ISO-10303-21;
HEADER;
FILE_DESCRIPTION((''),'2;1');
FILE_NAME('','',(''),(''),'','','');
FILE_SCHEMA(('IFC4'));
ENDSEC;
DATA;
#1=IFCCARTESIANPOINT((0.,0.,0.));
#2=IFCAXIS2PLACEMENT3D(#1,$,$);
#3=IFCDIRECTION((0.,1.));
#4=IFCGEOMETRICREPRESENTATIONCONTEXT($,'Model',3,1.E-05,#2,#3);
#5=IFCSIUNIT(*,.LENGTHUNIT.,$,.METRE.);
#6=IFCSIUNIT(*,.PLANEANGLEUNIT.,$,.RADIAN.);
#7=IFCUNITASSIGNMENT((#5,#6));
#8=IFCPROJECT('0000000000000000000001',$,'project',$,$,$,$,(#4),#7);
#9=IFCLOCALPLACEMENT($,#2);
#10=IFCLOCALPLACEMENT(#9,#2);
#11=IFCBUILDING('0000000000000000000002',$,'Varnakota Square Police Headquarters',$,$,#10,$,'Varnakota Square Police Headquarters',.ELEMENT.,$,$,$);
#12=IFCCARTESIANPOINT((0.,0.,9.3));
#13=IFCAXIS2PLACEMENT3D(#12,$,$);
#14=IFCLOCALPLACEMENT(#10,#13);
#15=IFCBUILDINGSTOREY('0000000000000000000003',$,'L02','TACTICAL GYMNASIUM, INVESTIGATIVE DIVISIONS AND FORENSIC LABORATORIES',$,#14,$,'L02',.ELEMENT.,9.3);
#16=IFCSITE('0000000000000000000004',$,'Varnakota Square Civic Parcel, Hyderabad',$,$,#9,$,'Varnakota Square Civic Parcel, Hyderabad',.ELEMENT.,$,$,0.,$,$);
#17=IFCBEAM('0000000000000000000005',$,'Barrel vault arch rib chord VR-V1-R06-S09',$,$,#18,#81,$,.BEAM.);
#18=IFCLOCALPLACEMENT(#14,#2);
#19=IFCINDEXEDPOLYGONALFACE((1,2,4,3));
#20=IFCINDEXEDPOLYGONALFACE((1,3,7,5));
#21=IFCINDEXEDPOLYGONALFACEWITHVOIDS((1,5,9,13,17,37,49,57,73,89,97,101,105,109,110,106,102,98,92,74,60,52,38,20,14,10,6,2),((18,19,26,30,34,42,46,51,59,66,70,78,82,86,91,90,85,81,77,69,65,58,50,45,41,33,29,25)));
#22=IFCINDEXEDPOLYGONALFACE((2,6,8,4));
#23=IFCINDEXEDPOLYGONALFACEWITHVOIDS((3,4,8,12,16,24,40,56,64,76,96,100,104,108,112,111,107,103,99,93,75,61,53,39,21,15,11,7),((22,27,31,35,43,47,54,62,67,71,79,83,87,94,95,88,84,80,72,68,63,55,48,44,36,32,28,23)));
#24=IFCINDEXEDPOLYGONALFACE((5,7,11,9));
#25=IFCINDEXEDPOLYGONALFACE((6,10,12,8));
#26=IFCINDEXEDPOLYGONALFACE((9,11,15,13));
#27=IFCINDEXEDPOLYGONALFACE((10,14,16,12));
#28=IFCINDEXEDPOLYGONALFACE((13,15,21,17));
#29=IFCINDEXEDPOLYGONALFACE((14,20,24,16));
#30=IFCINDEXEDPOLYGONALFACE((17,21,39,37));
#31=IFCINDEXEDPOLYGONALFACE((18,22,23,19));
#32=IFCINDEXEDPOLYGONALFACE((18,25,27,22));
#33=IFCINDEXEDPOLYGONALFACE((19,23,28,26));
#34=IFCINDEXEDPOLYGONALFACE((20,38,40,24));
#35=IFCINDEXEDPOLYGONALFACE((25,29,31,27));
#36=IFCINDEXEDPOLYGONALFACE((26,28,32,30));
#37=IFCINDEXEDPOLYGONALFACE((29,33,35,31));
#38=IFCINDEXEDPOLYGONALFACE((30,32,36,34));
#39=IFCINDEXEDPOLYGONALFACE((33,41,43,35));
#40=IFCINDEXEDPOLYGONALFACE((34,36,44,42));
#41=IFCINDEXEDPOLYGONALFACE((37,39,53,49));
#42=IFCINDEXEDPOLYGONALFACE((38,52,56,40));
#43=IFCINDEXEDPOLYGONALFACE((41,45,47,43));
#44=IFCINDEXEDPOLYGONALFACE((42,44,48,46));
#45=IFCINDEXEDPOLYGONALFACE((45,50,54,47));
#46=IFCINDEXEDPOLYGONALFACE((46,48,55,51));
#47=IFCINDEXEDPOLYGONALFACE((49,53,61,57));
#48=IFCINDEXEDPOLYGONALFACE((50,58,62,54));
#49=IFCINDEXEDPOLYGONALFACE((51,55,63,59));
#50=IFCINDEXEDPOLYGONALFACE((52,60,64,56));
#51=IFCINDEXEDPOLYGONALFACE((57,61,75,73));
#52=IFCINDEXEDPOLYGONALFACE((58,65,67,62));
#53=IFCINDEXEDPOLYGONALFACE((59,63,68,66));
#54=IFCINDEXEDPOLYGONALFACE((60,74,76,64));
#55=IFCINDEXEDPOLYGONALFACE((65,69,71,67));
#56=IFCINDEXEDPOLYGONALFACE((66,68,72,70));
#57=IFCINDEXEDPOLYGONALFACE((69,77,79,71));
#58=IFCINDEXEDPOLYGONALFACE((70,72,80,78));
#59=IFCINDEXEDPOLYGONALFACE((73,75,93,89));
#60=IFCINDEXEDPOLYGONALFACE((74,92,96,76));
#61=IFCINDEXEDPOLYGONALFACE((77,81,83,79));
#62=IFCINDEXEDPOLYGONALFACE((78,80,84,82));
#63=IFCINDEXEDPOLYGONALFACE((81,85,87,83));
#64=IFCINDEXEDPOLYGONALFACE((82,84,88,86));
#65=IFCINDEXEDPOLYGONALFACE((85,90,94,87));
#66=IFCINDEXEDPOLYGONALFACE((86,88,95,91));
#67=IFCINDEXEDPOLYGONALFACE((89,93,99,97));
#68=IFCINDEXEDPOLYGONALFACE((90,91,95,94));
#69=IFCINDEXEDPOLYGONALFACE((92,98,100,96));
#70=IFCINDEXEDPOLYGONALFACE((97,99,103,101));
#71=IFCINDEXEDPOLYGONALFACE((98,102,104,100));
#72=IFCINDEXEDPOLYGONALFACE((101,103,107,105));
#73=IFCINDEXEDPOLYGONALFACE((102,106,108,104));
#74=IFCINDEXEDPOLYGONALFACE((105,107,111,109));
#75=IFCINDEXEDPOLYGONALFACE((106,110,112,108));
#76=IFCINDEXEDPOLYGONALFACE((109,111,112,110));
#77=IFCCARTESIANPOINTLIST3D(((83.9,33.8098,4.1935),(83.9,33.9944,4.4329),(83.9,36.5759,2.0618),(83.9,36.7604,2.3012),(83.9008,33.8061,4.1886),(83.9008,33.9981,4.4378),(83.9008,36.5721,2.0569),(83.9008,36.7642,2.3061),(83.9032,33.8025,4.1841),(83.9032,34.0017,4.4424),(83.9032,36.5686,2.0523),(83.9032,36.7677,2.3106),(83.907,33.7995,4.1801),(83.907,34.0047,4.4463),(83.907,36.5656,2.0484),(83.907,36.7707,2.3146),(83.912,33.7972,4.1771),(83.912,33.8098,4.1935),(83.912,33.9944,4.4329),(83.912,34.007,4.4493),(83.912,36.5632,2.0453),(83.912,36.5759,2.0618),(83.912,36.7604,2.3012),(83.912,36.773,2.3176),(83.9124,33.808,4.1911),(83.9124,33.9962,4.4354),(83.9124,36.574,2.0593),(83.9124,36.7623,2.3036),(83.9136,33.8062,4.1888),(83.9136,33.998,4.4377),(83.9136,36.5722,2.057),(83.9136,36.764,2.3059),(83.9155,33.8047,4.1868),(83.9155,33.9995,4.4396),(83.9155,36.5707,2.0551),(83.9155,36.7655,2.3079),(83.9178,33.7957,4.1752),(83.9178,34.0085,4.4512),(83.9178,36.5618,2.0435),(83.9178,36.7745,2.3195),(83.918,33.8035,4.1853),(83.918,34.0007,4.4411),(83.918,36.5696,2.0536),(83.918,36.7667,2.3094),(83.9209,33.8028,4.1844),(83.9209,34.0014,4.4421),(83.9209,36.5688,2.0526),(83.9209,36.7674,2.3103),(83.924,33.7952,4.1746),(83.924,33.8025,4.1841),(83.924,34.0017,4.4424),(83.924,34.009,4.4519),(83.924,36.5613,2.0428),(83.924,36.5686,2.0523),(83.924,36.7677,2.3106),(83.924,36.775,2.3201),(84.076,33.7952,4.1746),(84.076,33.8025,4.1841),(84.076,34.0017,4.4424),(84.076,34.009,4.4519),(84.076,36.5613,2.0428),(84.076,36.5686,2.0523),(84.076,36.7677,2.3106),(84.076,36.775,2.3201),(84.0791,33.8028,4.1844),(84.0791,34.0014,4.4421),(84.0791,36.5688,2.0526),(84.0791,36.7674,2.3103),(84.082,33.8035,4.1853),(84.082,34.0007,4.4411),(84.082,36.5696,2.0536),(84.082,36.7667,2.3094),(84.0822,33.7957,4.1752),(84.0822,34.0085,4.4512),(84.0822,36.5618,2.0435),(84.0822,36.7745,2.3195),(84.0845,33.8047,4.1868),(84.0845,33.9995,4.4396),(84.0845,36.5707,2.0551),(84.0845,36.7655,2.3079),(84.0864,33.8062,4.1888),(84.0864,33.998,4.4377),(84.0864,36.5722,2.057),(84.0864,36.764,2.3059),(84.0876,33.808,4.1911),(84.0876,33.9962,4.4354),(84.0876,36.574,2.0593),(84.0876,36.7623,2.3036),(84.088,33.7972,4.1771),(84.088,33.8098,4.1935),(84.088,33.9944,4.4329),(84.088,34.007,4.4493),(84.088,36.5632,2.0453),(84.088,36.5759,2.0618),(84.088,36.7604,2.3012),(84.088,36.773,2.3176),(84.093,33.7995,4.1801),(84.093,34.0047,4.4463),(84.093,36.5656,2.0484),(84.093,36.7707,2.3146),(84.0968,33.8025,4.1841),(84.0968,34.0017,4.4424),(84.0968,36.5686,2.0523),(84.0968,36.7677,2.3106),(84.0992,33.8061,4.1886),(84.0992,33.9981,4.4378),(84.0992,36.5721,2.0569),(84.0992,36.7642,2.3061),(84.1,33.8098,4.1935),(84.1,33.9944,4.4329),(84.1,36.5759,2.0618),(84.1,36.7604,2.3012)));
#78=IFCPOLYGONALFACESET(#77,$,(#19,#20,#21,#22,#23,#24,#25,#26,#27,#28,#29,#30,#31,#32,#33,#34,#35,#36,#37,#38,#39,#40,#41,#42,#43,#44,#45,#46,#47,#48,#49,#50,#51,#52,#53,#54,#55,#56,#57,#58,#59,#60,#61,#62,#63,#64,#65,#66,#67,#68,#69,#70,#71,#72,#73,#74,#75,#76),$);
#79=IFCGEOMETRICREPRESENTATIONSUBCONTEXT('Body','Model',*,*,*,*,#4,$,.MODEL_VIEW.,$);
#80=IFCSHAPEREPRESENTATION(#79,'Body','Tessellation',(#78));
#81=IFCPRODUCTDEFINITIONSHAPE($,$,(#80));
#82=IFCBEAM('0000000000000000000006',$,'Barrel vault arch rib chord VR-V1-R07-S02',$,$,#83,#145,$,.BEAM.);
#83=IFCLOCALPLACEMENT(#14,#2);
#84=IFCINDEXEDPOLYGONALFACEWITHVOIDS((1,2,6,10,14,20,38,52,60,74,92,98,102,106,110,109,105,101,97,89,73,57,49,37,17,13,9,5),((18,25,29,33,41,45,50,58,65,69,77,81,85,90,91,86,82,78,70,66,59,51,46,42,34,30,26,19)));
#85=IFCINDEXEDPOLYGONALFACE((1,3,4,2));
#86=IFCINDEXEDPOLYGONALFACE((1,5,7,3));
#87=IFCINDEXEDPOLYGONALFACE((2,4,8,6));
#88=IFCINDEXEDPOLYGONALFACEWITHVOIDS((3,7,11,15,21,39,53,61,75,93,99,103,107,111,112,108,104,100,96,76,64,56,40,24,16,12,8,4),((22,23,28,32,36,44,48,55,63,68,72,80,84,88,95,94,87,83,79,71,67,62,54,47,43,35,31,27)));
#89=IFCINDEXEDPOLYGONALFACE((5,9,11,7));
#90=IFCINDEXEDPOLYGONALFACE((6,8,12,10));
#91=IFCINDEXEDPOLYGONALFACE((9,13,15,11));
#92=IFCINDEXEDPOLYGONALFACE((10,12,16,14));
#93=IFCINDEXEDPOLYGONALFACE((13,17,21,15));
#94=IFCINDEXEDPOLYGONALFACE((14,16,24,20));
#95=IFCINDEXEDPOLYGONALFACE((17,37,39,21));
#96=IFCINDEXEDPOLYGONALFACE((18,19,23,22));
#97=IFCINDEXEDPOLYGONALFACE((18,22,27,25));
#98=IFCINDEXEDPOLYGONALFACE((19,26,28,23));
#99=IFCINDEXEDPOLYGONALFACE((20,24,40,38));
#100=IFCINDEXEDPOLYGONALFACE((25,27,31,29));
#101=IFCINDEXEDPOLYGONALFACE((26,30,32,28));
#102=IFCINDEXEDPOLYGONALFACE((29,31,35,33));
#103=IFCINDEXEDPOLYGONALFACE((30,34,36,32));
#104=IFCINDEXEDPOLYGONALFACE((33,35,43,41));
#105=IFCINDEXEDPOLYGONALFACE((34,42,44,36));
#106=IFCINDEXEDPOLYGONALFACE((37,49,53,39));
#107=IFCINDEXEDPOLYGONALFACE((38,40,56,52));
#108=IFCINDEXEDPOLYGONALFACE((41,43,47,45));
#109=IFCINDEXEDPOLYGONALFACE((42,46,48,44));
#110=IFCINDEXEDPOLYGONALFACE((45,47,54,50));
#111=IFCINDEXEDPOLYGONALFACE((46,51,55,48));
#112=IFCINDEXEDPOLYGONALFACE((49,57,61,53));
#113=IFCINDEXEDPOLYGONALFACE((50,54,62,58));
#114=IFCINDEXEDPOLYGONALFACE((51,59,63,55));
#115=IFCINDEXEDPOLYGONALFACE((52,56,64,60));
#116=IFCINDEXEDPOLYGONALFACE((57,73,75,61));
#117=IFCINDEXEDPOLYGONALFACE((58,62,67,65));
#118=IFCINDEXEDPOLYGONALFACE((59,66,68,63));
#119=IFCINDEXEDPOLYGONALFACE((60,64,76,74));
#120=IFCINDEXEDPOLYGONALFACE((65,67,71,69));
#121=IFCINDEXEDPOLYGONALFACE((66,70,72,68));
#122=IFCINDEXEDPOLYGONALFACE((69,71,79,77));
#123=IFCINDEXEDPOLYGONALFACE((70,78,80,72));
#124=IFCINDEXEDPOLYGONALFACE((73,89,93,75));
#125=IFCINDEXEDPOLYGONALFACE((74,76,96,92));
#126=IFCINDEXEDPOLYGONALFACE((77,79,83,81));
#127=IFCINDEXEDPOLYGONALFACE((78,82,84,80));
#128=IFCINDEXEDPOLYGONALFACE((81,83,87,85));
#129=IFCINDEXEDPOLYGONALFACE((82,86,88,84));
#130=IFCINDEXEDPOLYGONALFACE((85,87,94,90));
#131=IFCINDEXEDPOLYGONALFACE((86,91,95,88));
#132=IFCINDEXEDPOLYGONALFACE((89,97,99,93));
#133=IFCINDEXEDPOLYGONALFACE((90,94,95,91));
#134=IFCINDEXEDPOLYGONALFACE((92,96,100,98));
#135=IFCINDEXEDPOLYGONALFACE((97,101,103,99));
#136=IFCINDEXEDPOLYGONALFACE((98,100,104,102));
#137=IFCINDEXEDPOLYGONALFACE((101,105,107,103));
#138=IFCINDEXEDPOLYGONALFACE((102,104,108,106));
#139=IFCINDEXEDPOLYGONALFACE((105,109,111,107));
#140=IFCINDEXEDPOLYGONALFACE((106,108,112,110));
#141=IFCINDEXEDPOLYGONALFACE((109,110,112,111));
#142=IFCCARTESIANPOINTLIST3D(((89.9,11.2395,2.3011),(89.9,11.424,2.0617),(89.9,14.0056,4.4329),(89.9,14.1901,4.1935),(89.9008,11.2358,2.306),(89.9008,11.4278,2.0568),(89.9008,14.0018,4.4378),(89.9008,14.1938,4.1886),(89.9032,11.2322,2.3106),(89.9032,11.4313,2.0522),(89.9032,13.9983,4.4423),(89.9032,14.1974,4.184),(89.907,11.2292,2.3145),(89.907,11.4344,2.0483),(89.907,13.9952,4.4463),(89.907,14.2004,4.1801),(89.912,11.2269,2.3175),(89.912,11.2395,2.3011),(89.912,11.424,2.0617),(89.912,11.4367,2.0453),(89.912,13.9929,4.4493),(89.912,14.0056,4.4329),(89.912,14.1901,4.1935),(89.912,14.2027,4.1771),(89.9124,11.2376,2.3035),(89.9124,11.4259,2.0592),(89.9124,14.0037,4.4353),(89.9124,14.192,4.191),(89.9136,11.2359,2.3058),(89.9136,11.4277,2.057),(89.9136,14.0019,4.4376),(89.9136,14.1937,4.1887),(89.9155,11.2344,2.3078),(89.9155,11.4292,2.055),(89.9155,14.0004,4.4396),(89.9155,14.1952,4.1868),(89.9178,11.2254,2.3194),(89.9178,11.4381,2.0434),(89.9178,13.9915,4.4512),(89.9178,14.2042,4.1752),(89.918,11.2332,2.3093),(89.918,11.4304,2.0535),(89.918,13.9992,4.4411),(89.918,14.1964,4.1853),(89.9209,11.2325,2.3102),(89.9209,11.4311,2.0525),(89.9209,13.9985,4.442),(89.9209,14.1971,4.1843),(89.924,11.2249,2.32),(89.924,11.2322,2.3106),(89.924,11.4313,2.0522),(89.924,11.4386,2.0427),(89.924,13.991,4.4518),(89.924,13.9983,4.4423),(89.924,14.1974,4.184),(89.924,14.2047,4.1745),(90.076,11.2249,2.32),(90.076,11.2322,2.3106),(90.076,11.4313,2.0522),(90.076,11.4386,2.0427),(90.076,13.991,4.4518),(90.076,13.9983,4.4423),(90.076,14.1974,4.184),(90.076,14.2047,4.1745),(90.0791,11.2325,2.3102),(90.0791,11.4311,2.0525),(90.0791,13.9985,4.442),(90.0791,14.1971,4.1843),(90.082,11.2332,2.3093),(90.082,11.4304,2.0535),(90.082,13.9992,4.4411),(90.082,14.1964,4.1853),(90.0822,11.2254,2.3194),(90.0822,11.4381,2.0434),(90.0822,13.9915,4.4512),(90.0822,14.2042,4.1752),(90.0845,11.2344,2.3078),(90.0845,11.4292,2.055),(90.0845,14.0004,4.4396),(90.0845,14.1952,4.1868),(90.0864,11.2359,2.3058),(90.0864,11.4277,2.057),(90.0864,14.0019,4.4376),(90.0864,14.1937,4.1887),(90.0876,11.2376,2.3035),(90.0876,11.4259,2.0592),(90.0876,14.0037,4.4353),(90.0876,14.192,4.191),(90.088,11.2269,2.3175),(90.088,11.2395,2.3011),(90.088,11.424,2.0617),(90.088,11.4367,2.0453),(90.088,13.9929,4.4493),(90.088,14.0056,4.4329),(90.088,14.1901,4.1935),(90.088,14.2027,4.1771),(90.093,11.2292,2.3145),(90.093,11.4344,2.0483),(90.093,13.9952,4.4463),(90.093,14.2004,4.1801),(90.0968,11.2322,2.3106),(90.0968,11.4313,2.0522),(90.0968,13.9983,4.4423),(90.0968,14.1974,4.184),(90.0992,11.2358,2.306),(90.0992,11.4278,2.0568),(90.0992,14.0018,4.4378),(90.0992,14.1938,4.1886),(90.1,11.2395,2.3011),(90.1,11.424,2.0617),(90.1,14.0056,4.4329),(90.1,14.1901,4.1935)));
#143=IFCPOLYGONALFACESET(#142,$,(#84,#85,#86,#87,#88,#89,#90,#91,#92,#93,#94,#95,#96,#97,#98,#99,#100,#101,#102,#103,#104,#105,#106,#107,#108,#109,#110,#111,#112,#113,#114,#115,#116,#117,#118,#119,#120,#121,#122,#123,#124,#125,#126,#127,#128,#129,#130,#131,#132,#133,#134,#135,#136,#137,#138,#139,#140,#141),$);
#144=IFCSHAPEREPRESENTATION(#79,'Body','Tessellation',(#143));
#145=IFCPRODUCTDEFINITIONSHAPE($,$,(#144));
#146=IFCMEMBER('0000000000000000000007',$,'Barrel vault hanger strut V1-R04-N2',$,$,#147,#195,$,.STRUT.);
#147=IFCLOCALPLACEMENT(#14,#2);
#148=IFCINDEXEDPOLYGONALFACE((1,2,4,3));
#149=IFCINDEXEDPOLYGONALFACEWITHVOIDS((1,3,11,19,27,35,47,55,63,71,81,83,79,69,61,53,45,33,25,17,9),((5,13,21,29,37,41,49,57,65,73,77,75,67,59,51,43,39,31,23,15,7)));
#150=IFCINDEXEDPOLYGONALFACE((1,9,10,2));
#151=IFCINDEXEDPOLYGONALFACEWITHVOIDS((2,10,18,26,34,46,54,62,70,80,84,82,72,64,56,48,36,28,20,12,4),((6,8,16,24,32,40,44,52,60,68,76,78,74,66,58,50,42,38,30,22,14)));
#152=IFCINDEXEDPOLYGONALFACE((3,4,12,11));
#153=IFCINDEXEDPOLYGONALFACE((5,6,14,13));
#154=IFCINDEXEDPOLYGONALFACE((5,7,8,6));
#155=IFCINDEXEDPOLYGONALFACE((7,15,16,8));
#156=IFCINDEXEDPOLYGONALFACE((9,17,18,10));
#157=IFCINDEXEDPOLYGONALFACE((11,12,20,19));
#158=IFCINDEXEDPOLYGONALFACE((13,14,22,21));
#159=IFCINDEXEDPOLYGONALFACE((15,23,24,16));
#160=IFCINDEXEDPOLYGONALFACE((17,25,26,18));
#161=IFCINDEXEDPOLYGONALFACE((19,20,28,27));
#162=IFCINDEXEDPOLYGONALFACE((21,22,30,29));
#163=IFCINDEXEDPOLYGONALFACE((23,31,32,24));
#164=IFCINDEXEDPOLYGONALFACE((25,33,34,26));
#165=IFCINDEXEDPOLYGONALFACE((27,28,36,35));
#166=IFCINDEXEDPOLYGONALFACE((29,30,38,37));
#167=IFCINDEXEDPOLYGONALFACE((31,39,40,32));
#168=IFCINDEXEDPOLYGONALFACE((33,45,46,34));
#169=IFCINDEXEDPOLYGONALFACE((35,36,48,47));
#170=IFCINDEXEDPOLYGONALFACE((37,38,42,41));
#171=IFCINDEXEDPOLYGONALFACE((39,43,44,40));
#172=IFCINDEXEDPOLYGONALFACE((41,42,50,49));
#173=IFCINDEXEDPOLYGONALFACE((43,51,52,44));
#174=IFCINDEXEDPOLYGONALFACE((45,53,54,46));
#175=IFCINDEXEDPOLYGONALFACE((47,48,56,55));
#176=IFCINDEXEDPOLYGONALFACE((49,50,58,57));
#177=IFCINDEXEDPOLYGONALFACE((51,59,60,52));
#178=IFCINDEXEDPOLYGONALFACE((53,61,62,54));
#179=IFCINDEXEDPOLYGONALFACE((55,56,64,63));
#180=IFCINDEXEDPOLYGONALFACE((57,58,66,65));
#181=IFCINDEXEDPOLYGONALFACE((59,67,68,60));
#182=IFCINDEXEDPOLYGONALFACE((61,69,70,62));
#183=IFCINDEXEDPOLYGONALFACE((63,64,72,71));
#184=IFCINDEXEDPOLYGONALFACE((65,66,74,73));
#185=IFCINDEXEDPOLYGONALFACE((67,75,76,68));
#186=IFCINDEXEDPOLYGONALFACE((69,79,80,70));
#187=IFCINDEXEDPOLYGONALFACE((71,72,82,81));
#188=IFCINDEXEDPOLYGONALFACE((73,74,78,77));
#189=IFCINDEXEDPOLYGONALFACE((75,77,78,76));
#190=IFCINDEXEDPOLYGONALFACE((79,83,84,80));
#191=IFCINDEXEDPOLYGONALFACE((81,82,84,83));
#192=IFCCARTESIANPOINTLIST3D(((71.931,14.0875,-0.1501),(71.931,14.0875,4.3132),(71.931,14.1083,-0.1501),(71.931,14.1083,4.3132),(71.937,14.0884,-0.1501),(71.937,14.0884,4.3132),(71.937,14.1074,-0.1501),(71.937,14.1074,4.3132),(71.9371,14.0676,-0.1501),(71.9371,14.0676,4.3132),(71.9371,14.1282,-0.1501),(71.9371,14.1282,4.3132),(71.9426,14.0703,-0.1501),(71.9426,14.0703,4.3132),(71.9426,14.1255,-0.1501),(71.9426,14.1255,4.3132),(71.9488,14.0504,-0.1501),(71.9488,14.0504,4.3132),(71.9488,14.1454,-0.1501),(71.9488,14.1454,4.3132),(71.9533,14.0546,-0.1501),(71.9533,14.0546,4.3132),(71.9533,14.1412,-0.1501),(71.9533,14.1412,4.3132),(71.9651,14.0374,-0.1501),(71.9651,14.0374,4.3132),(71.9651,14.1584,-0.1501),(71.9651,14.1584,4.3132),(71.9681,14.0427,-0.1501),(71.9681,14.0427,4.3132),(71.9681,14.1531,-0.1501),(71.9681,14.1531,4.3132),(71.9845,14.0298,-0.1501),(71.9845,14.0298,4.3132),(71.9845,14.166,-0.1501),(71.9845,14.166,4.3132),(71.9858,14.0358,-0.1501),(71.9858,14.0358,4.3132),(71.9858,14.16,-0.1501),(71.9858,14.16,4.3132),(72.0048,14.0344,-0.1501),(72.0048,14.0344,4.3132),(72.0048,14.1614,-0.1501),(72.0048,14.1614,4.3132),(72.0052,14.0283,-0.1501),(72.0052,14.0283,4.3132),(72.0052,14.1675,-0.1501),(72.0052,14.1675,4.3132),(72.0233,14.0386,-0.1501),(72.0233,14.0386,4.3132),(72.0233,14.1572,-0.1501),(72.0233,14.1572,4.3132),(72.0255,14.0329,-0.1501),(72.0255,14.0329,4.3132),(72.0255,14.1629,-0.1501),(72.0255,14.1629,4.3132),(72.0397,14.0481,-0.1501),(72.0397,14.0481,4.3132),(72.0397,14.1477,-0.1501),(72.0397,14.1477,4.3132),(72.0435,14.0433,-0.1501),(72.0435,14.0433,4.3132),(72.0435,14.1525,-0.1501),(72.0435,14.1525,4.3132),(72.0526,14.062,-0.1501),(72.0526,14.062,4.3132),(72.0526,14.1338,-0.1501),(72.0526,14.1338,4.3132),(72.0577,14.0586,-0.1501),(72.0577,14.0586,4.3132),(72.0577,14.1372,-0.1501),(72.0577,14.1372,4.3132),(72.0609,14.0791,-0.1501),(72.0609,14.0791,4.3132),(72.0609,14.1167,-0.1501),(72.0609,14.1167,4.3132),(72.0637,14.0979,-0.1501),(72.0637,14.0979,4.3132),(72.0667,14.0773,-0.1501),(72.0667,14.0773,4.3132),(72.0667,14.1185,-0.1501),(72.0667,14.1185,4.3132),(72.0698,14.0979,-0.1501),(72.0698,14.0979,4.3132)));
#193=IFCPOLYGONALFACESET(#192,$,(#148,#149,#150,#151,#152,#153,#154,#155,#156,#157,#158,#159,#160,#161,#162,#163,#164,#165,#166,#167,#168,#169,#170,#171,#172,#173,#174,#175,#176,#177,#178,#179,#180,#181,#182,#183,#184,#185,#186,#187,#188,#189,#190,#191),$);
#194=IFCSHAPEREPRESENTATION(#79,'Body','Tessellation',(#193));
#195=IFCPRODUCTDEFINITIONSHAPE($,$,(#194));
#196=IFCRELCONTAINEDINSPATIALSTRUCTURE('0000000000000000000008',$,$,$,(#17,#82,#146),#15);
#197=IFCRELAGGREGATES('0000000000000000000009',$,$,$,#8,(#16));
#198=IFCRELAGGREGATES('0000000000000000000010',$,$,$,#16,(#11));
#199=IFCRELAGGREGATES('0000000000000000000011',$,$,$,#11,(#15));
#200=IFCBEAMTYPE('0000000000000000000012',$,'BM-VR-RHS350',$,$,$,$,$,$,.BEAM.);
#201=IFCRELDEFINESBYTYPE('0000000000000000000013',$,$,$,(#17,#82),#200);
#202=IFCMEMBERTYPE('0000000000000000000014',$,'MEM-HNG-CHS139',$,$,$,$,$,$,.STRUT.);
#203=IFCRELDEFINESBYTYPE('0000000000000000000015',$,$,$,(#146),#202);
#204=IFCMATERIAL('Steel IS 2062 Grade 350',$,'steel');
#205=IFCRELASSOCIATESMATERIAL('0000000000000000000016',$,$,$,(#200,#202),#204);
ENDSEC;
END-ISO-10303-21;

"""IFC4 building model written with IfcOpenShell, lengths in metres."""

from ifc_helpers import new_model, si_unit, direction, frame, origin, origin_2d, place, context, subcontext, project, spatial, hollow_rectangle, hollow_circle, extrude, material, material_profile, profile_set, type_object, element, save


model = new_model("IFC4")

# Units and contexts
model_context = context("Model", 3, precision=1e-05, world=origin(), true_north=direction((0.0, 1.0)))
body_context = subcontext(model_context, "Body", "Model", "MODEL_VIEW")
ifc_project = project(units=[si_unit("LENGTHUNIT", "METRE"), si_unit("PLANEANGLEUNIT", "RADIAN")], contexts=[model_context])

# Site, building, storey
site_placement = place(None, origin())
site = spatial("IfcSite", under=ifc_project, at=site_placement, Name="Varnakota Square Civic Parcel, Hyderabad", LongName="Varnakota Square Civic Parcel, Hyderabad", CompositionType="ELEMENT", RefElevation=0.0)
building_placement = place(site_placement, origin())
building = spatial("IfcBuilding", under=site, at=building_placement, Name="Varnakota Square Police Headquarters", LongName="Varnakota Square Police Headquarters", CompositionType="ELEMENT")
storey_placement = place(building_placement, frame((0.0, 0.0, 9.3)))
storey = spatial("IfcBuildingStorey", under=building, at=storey_placement, Name="L02", Description="TACTICAL GYMNASIUM, INVESTIGATIVE DIVISIONS AND FORENSIC LABORATORIES", LongName="L02", CompositionType="ELEMENT", Elevation=9.3)

# Beams
ifc_material_1 = material(Name="Steel IS 2062 Grade 350", Category="steel")
ifc_material_profile_1 = material_profile(ifc_material_1, hollow_rectangle(XDim=0.2, YDim=0.3501, WallThickness=0.012, InnerFilletRadius=0.012, OuterFilletRadius=0.0239, at=origin_2d()), Name="RHS 350x200x12")
ifc_profile_set_1 = profile_set([ifc_material_profile_1], Name="Steel IS 2062 Grade 350")
beam_type = type_object("IfcBeamType", Name="BM-VR-RHS350", PredefinedType="BEAM", material=ifc_profile_set_1)
for number, where, z_axis, x_axis, name in (
    (1, (84.0, 33.9021, 4.3132), (0.0, 0.792062, -0.61044), (-1.0, 0.0, 0.0), "Barrel vault arch rib chord VR-V1-R06-S09"),
    (2, (90.0, 11.3318, 2.1814), (0.0, 0.792062, 0.61044), (-1.0, 0.0, 0.0), "Barrel vault arch rib chord VR-V1-R07-S02"),
):
    element("IfcBeam", number, at=place(storey_placement, frame(where, z_axis=z_axis, x_axis=x_axis)), inside=storey, type_object=beam_type, Name=name, PredefinedType="BEAM", context=body_context, shape_type="SweptSolid", body=[
        extrude(hollow_rectangle(XDim=0.2, YDim=0.3501, WallThickness=0.012, InnerFilletRadius=0.012, OuterFilletRadius=0.0239, at=origin_2d()), origin(), (0.0, 0.0, 1.0), 3.4922),
    ])

# Member
ifc_material_profile_2 = material_profile(ifc_material_1, hollow_circle(Radius=0.0698, WallThickness=0.0061, at=origin_2d()), Name="CHS 139.7x6.0")
ifc_profile_set_2 = profile_set([ifc_material_profile_2], Name="Steel IS 2062 Grade 350")
member_type_1 = type_object("IfcMemberType", Name="MEM-HNG-CHS139", PredefinedType="STRUT", material=ifc_profile_set_2)
member_1_placement = place(storey_placement, frame((72.0, 14.0979, -0.1501), z_axis=(0.0, 0.0, 1.0), x_axis=(1.0, 0.0, 0.0)))
element("IfcMember", 3, at=member_1_placement, inside=storey, type_object=member_type_1, Name="Barrel vault hanger strut V1-R04-N2", PredefinedType="STRUT", context=body_context, shape_type="SweptSolid", body=[
    extrude(hollow_circle(Radius=0.0698, WallThickness=0.0061, at=origin_2d()), origin(), (0.0, 0.0, 1.0), 4.4634),
])

save(model, "model.ifc")
